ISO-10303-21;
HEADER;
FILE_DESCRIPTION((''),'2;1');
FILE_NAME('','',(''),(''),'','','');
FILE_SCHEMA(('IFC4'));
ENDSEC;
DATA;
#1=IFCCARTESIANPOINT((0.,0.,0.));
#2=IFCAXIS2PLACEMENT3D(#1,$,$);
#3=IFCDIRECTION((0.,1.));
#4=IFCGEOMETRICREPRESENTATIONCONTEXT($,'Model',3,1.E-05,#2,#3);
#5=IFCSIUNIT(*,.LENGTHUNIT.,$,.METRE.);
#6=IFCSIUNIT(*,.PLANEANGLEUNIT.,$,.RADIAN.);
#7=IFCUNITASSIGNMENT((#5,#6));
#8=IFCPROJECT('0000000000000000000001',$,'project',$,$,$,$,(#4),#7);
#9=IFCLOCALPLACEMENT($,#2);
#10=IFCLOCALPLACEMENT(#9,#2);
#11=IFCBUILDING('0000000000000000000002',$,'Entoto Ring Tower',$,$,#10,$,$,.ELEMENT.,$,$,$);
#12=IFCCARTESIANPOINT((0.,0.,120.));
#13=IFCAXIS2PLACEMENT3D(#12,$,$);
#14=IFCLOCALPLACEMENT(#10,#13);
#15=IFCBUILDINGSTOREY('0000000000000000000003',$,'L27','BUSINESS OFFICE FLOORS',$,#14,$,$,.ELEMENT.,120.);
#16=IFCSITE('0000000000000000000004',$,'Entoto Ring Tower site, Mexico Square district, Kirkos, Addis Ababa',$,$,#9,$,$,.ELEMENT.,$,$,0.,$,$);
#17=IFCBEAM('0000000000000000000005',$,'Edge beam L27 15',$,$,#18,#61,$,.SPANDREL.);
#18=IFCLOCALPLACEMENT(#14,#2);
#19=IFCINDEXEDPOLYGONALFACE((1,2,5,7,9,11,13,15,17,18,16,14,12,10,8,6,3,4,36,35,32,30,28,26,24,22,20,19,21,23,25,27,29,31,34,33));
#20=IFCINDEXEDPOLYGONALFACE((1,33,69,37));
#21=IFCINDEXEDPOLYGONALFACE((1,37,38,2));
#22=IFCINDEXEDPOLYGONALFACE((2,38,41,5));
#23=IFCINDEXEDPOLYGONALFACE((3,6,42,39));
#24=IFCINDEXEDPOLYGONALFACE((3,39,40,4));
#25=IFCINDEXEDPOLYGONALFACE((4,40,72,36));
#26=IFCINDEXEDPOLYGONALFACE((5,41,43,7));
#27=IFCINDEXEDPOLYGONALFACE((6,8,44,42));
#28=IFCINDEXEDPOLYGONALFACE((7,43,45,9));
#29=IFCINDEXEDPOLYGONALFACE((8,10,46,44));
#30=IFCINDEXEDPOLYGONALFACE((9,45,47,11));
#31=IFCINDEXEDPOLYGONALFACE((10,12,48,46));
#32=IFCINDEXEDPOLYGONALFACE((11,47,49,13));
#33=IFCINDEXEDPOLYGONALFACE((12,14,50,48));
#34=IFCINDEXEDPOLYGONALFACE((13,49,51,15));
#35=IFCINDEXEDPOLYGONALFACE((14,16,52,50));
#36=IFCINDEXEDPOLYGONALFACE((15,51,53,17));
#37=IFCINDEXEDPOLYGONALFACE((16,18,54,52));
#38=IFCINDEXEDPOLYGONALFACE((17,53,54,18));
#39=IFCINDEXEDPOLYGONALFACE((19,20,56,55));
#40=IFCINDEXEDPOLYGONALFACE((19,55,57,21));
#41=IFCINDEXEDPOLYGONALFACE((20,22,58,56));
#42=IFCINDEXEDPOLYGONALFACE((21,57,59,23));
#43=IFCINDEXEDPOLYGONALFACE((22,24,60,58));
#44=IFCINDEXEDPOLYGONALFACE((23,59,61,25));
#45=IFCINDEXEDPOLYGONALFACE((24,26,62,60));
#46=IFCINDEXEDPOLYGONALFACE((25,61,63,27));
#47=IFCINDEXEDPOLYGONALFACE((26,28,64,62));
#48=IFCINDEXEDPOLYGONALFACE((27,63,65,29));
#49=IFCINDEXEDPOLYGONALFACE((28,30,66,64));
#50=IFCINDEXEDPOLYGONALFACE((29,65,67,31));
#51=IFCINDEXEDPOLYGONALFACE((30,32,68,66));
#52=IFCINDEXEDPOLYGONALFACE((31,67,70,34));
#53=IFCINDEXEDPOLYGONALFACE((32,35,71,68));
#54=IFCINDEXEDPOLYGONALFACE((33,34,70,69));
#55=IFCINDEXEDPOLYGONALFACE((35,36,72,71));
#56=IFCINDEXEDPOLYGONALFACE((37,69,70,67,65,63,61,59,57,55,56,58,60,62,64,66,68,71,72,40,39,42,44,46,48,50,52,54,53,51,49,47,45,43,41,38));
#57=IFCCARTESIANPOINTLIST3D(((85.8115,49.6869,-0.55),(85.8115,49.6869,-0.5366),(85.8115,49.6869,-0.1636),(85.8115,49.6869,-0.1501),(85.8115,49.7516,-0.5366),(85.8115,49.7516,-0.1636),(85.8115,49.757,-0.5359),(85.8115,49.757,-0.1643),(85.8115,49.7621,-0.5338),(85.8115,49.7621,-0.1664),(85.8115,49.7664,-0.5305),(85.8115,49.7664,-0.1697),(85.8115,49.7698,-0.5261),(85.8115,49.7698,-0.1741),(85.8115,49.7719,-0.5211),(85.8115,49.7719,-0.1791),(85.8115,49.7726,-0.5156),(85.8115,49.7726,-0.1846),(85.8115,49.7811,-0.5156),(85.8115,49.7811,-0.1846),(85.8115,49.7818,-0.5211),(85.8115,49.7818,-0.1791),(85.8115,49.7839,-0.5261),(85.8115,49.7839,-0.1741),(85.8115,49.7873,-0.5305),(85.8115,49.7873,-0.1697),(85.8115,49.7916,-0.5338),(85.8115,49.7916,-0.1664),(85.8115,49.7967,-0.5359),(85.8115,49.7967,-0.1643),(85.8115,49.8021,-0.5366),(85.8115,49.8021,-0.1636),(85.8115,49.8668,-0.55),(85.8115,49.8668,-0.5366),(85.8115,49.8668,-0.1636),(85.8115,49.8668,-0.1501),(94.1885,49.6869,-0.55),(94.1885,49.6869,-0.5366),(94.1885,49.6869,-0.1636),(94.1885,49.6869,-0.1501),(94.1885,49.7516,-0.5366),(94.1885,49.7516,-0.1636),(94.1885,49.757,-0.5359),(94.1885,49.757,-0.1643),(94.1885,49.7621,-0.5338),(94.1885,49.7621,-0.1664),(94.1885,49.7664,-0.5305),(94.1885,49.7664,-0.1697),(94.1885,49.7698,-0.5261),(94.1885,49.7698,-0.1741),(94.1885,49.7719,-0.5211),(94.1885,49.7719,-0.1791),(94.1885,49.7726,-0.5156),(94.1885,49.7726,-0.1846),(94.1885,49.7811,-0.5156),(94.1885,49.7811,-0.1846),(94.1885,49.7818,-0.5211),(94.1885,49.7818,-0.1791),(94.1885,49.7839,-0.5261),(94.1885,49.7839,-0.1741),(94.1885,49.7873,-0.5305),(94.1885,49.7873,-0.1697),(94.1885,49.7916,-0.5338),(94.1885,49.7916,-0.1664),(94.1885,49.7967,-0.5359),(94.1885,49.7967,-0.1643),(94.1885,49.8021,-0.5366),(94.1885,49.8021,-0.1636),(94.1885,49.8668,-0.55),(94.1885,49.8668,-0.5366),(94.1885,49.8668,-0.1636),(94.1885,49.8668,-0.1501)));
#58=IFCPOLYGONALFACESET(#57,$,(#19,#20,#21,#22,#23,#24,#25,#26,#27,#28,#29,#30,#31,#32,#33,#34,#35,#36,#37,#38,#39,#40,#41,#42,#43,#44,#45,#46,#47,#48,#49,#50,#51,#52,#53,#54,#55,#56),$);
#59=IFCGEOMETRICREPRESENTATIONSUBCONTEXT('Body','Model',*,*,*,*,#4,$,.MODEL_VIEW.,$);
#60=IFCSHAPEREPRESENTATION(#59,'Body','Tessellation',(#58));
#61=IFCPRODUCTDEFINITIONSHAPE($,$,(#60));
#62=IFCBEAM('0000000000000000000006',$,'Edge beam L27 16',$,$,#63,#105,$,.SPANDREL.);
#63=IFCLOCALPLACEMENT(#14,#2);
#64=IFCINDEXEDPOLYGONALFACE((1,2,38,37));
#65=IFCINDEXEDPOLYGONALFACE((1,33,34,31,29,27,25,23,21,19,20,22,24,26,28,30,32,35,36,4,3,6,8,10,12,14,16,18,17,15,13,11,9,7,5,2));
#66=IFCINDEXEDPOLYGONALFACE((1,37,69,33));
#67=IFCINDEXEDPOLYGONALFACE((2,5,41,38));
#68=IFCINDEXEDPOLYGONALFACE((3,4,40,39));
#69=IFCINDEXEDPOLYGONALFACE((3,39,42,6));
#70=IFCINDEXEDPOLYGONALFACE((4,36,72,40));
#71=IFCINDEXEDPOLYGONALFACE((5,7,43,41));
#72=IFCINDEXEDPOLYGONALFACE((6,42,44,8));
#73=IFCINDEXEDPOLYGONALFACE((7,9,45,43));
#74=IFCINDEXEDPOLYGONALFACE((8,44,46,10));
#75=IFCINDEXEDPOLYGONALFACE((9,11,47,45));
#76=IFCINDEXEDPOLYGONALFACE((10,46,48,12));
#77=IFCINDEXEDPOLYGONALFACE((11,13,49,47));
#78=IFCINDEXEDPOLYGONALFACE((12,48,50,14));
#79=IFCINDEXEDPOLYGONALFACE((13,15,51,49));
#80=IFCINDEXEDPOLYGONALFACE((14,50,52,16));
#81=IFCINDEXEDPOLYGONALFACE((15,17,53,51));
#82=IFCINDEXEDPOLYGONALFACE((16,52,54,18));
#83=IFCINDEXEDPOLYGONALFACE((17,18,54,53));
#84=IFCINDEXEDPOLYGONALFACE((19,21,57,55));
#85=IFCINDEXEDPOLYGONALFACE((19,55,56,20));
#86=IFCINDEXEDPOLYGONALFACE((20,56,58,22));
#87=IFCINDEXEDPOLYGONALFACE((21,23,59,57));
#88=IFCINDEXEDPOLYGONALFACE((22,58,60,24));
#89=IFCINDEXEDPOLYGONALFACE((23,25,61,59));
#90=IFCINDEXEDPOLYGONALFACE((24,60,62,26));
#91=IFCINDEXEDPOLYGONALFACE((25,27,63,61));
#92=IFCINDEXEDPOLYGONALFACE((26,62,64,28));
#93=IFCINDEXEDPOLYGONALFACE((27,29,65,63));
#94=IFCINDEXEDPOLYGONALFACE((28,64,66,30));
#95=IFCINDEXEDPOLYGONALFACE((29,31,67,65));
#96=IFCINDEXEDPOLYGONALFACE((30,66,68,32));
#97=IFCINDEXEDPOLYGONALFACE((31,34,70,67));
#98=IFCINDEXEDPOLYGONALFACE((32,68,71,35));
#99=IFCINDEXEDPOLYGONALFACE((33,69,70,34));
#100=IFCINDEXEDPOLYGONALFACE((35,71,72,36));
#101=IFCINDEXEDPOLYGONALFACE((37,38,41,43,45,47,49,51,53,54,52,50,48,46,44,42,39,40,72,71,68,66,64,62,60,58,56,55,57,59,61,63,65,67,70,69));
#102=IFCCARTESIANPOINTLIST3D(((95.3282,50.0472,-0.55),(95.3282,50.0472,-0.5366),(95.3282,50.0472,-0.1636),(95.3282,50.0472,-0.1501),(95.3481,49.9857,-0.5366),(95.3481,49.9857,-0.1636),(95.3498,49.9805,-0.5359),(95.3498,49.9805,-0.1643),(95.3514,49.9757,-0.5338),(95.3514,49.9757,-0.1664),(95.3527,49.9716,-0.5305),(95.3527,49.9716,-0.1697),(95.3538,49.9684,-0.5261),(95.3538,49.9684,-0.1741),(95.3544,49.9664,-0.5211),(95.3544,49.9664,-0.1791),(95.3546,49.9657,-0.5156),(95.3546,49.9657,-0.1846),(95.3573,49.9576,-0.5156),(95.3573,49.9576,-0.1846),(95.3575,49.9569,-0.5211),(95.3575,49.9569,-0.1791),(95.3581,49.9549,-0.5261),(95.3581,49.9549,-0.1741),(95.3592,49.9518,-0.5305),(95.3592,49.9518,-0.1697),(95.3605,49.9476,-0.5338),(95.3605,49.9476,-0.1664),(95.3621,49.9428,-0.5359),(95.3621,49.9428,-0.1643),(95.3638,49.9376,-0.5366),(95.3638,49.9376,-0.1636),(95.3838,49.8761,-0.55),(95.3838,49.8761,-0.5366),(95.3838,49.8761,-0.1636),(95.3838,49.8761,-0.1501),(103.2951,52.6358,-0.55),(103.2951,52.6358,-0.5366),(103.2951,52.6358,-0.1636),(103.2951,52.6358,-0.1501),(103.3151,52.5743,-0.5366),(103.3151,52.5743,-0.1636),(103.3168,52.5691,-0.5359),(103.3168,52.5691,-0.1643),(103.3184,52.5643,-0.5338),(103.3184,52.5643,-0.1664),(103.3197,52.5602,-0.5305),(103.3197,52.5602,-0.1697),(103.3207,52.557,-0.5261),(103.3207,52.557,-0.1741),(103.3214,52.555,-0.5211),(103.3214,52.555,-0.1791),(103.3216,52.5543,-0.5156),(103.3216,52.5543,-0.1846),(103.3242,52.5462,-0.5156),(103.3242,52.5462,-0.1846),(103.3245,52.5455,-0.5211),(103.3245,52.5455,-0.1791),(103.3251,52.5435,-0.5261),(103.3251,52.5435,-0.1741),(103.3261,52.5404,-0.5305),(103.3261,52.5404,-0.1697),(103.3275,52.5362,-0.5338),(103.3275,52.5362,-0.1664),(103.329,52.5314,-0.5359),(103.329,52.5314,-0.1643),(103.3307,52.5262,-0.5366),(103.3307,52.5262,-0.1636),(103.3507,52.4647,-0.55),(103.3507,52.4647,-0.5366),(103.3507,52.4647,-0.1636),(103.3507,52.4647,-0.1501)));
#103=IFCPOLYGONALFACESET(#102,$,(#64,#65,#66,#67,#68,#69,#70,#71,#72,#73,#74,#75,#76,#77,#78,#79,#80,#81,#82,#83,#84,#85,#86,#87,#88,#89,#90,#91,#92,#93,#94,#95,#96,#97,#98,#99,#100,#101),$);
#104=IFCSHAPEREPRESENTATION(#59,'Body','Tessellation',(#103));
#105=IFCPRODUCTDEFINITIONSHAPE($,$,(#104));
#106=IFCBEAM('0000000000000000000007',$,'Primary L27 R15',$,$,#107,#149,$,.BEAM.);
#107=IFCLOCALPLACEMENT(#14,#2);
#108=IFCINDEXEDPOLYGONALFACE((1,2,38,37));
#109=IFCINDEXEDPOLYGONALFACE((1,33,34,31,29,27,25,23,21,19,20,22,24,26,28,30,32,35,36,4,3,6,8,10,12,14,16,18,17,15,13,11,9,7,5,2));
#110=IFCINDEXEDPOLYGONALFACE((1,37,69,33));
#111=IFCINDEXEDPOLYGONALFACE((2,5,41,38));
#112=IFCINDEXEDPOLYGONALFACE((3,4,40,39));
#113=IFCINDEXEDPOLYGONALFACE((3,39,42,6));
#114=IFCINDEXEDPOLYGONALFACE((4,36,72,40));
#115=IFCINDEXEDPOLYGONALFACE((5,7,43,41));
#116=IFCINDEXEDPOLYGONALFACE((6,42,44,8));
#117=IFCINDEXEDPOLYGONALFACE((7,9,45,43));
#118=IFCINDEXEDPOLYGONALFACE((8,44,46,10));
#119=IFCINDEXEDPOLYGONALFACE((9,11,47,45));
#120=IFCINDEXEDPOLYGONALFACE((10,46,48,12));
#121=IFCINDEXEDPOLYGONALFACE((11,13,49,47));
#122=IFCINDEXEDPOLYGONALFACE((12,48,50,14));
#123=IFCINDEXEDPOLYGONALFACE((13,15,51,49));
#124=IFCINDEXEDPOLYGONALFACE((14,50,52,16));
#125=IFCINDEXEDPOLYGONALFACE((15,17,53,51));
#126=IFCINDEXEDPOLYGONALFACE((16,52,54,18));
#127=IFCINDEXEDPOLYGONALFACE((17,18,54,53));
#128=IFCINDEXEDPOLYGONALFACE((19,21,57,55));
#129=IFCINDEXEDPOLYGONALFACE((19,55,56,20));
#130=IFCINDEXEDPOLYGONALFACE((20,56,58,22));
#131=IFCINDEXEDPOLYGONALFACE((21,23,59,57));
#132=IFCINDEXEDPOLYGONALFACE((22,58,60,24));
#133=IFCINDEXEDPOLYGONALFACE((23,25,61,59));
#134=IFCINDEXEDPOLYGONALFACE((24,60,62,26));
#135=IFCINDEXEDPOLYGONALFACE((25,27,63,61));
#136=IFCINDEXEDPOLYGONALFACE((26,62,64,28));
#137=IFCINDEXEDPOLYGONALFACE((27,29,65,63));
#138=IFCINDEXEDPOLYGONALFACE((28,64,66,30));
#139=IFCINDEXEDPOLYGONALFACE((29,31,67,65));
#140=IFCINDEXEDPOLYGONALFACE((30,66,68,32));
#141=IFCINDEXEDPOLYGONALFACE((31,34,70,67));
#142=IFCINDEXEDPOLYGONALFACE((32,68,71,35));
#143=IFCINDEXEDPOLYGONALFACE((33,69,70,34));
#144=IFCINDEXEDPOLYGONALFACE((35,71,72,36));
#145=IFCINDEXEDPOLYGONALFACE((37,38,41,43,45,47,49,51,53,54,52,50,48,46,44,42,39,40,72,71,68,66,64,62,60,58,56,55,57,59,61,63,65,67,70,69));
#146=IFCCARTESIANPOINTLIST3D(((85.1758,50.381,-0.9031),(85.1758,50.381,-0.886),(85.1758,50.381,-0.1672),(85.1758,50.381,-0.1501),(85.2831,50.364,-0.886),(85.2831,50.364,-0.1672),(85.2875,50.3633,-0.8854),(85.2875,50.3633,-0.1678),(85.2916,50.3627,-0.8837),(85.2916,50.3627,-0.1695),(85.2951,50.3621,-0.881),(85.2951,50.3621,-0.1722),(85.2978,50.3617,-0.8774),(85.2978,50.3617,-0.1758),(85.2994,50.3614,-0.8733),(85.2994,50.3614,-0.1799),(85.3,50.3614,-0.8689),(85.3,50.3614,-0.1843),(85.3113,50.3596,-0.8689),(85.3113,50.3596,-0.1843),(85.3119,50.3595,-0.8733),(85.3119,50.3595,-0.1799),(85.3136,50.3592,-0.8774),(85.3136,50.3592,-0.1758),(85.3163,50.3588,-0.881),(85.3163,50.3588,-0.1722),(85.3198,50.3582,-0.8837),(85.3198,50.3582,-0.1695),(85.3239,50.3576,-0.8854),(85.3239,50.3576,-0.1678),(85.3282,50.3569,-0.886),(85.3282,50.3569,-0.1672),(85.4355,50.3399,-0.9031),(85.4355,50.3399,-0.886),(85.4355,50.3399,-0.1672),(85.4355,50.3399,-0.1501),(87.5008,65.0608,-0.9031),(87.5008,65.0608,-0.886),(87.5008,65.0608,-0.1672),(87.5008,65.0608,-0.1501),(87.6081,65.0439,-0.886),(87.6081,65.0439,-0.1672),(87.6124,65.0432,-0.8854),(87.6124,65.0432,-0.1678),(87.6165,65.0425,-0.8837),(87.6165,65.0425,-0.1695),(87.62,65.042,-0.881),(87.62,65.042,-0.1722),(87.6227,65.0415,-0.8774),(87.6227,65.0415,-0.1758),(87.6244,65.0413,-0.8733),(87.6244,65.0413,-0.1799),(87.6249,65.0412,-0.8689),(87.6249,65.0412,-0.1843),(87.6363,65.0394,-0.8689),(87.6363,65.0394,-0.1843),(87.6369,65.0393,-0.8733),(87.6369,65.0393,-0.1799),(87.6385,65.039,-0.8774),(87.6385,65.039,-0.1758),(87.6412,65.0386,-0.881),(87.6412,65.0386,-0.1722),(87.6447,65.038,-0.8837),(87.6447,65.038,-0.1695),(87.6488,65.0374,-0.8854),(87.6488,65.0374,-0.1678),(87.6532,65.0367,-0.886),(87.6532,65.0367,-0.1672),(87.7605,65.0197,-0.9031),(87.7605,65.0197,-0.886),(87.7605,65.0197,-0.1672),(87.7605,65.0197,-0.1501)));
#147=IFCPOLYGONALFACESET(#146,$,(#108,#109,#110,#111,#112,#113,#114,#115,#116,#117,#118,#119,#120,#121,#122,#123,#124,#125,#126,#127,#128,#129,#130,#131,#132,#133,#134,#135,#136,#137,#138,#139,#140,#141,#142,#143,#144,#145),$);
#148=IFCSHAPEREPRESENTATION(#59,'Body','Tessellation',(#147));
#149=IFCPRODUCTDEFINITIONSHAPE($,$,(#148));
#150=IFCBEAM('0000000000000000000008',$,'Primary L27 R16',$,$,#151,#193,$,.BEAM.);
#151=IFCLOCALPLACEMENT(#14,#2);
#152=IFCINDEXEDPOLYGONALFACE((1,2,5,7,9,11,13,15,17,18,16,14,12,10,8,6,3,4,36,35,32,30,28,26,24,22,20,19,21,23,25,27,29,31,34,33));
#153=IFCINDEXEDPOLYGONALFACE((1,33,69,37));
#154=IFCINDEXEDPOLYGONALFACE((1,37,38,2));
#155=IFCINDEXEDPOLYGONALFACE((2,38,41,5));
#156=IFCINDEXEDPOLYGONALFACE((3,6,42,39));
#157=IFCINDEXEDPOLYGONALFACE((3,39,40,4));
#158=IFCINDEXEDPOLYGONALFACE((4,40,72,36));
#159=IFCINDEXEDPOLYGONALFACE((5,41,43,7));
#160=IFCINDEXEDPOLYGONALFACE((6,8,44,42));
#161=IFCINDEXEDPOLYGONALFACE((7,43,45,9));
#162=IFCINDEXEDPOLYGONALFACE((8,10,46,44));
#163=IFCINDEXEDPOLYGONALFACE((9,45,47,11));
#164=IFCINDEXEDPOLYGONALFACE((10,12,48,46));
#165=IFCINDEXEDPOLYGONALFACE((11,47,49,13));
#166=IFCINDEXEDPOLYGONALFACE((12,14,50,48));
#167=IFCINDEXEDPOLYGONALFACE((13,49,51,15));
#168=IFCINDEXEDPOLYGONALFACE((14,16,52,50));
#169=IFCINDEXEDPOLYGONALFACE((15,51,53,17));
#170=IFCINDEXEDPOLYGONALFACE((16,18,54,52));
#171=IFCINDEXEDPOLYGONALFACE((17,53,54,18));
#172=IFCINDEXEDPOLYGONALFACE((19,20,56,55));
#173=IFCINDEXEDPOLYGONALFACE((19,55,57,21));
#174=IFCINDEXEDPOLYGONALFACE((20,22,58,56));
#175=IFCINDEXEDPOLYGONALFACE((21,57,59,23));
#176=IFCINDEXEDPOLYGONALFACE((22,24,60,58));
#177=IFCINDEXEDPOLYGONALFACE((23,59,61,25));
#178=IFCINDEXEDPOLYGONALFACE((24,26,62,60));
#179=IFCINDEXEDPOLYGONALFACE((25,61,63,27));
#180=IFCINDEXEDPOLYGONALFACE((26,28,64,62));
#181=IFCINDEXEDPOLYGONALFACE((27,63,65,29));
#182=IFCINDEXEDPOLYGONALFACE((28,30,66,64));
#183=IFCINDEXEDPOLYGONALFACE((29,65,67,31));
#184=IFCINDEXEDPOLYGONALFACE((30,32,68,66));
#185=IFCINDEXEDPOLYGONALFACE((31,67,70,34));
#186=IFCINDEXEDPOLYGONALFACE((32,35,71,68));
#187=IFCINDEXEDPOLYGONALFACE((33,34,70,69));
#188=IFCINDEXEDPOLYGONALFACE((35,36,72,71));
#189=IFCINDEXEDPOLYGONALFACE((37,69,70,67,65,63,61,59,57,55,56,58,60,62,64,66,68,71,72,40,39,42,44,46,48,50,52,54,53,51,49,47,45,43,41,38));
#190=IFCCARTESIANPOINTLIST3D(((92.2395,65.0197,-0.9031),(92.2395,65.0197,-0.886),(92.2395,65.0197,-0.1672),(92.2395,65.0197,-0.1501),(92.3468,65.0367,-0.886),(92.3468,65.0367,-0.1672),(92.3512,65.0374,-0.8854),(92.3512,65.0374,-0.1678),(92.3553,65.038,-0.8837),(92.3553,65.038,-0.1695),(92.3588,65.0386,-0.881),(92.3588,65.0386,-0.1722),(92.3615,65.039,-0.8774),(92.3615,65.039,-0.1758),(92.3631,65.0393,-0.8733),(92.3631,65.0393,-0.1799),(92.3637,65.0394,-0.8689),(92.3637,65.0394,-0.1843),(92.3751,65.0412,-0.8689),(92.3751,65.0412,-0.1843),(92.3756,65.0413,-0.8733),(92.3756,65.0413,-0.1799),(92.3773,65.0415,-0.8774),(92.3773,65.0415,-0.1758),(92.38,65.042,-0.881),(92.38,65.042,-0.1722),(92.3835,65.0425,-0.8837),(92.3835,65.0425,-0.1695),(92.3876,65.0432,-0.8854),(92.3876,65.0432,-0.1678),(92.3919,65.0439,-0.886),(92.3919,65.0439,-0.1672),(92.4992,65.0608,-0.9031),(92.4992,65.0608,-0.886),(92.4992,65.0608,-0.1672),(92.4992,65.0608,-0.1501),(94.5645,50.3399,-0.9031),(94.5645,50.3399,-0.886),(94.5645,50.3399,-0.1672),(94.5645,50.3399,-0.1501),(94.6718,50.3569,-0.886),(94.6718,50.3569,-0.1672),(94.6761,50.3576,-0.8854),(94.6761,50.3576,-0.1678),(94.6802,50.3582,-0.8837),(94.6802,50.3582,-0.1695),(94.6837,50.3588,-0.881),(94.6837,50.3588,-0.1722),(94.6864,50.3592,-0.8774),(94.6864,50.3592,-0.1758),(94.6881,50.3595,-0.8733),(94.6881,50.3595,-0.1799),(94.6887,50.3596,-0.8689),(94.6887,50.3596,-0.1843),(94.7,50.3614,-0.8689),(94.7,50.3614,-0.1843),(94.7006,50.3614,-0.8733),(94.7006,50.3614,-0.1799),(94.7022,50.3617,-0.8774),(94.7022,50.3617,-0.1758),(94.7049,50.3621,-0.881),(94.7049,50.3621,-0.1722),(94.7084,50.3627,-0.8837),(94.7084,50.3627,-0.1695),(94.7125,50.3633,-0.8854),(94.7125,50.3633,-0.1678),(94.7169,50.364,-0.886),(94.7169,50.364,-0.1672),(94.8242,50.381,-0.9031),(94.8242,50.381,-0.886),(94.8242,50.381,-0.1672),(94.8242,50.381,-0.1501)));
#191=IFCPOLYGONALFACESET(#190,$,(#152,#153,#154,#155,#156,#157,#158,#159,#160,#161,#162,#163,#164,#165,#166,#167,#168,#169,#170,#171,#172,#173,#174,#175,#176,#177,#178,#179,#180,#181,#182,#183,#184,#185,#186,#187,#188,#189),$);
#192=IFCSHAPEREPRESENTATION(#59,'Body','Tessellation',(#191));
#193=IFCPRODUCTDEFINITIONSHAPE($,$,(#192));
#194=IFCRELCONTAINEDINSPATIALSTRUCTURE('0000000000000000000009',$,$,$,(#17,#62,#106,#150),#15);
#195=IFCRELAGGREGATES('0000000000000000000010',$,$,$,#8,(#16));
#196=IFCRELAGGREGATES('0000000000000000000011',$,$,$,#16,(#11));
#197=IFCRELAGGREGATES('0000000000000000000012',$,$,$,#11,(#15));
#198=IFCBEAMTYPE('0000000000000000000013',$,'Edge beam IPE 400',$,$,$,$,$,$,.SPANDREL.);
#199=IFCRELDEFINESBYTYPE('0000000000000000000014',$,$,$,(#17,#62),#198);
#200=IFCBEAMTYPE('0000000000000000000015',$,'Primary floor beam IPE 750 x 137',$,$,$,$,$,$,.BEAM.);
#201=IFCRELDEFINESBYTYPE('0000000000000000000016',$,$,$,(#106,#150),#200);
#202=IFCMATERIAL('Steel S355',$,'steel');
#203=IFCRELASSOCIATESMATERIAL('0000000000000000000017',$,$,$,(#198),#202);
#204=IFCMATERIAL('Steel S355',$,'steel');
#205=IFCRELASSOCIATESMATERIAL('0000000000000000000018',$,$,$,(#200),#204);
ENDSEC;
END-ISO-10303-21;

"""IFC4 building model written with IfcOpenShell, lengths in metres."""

from ifc_helpers import new_model, si_unit, direction, frame, origin, origin_2d, place, context, subcontext, project, spatial, i_section, extrude, material, material_profile, profile_set, type_object, element, save


model = new_model("IFC4")

# Units and contexts
model_context = context("Model", 3, precision=1e-05, world=origin(), true_north=direction((0.0, 1.0)))
body_context = subcontext(model_context, "Body", "Model", "MODEL_VIEW")
ifc_project = project(units=[si_unit("LENGTHUNIT", "METRE"), si_unit("PLANEANGLEUNIT", "RADIAN")], contexts=[model_context])

# Site, building, storey
site_placement = place(None, origin())
site = spatial("IfcSite", under=ifc_project, at=site_placement, Name="Entoto Ring Tower site, Mexico Square district, Kirkos, Addis Ababa", CompositionType="ELEMENT", RefElevation=0.0)
building_placement = place(site_placement, origin())
building = spatial("IfcBuilding", under=site, at=building_placement, Name="Entoto Ring Tower", CompositionType="ELEMENT")
storey_placement = place(building_placement, frame((0.0, 0.0, 120.0)))
storey = spatial("IfcBuildingStorey", under=building, at=storey_placement, Name="L27", Description="BUSINESS OFFICE FLOORS", CompositionType="ELEMENT", Elevation=120.0)

# Beams
ifc_material_1 = material(Name="Steel S355", Category="steel")
ifc_material_profile_1 = material_profile(ifc_material_1, i_section(OverallWidth=0.1799, OverallDepth=0.3999, WebThickness=0.0085, FlangeThickness=0.0134, FilletRadius=0.021, at=origin_2d()), Name="IPE 400")
ifc_profile_set_1 = profile_set([ifc_material_profile_1], Name="Steel S355")
beam_type_1 = type_object("IfcBeamType", Name="Edge beam IPE 400", PredefinedType="SPANDREL", material=ifc_profile_set_1)
for number, where, z_axis, x_axis, name in (
    (1, (85.8115, 49.7769, -0.3501), (1.0, 0.0, 0.0), (0.0, 1.0, 0.0), "Edge beam L27 15"),
    (2, (95.356, 49.9617, -0.3501), (0.951057, 0.309014, 0.0), (-0.309014, 0.951057, 0.0), "Edge beam L27 16"),
):
    element("IfcBeam", number, at=place(storey_placement, frame(where, z_axis=z_axis, x_axis=x_axis)), inside=storey, type_object=beam_type_1, Name=name, PredefinedType="SPANDREL", context=body_context, shape_type="SweptSolid", body=[
        extrude(i_section(OverallWidth=0.1799, OverallDepth=0.3999, WebThickness=0.0085, FlangeThickness=0.0134, FilletRadius=0.021, at=origin_2d()), origin(), (0.0, 0.0, 1.0), 8.377),
    ])
ifc_material_2 = material(Name="Steel S355", Category="steel")
ifc_material_profile_2 = material_profile(ifc_material_2, i_section(OverallWidth=0.2629, OverallDepth=0.7529, WebThickness=0.0115, FlangeThickness=0.0171, FilletRadius=0.0171, at=origin_2d()), Name="IPE 750 x 137")
ifc_profile_set_2 = profile_set([ifc_material_profile_2], Name="Steel S355")
beam_type_2 = type_object("IfcBeamType", Name="Primary floor beam IPE 750 x 137", PredefinedType="BEAM", material=ifc_profile_set_2)
for number, where, z_axis, x_axis, name in (
    (3, (87.6306, 65.0403, -0.5266), (-0.156426, -0.98769, 0.0), (0.98769, -0.156426, 0.0), "Primary L27 R15"),
    (4, (92.3694, 65.0403, -0.5266), (0.156426, -0.98769, 0.0), (0.98769, 0.156426, 0.0), "Primary L27 R16"),
):
    element("IfcBeam", number, at=place(storey_placement, frame(where, z_axis=z_axis, x_axis=x_axis)), inside=storey, type_object=beam_type_2, Name=name, PredefinedType="BEAM", context=body_context, shape_type="SweptSolid", body=[
        extrude(i_section(OverallWidth=0.2629, OverallDepth=0.7529, WebThickness=0.0115, FlangeThickness=0.0171, FilletRadius=0.0171, at=origin_2d()), origin(), (0.0, 0.0, 1.0), 14.8628),
    ])

save(model, "model.ifc")
